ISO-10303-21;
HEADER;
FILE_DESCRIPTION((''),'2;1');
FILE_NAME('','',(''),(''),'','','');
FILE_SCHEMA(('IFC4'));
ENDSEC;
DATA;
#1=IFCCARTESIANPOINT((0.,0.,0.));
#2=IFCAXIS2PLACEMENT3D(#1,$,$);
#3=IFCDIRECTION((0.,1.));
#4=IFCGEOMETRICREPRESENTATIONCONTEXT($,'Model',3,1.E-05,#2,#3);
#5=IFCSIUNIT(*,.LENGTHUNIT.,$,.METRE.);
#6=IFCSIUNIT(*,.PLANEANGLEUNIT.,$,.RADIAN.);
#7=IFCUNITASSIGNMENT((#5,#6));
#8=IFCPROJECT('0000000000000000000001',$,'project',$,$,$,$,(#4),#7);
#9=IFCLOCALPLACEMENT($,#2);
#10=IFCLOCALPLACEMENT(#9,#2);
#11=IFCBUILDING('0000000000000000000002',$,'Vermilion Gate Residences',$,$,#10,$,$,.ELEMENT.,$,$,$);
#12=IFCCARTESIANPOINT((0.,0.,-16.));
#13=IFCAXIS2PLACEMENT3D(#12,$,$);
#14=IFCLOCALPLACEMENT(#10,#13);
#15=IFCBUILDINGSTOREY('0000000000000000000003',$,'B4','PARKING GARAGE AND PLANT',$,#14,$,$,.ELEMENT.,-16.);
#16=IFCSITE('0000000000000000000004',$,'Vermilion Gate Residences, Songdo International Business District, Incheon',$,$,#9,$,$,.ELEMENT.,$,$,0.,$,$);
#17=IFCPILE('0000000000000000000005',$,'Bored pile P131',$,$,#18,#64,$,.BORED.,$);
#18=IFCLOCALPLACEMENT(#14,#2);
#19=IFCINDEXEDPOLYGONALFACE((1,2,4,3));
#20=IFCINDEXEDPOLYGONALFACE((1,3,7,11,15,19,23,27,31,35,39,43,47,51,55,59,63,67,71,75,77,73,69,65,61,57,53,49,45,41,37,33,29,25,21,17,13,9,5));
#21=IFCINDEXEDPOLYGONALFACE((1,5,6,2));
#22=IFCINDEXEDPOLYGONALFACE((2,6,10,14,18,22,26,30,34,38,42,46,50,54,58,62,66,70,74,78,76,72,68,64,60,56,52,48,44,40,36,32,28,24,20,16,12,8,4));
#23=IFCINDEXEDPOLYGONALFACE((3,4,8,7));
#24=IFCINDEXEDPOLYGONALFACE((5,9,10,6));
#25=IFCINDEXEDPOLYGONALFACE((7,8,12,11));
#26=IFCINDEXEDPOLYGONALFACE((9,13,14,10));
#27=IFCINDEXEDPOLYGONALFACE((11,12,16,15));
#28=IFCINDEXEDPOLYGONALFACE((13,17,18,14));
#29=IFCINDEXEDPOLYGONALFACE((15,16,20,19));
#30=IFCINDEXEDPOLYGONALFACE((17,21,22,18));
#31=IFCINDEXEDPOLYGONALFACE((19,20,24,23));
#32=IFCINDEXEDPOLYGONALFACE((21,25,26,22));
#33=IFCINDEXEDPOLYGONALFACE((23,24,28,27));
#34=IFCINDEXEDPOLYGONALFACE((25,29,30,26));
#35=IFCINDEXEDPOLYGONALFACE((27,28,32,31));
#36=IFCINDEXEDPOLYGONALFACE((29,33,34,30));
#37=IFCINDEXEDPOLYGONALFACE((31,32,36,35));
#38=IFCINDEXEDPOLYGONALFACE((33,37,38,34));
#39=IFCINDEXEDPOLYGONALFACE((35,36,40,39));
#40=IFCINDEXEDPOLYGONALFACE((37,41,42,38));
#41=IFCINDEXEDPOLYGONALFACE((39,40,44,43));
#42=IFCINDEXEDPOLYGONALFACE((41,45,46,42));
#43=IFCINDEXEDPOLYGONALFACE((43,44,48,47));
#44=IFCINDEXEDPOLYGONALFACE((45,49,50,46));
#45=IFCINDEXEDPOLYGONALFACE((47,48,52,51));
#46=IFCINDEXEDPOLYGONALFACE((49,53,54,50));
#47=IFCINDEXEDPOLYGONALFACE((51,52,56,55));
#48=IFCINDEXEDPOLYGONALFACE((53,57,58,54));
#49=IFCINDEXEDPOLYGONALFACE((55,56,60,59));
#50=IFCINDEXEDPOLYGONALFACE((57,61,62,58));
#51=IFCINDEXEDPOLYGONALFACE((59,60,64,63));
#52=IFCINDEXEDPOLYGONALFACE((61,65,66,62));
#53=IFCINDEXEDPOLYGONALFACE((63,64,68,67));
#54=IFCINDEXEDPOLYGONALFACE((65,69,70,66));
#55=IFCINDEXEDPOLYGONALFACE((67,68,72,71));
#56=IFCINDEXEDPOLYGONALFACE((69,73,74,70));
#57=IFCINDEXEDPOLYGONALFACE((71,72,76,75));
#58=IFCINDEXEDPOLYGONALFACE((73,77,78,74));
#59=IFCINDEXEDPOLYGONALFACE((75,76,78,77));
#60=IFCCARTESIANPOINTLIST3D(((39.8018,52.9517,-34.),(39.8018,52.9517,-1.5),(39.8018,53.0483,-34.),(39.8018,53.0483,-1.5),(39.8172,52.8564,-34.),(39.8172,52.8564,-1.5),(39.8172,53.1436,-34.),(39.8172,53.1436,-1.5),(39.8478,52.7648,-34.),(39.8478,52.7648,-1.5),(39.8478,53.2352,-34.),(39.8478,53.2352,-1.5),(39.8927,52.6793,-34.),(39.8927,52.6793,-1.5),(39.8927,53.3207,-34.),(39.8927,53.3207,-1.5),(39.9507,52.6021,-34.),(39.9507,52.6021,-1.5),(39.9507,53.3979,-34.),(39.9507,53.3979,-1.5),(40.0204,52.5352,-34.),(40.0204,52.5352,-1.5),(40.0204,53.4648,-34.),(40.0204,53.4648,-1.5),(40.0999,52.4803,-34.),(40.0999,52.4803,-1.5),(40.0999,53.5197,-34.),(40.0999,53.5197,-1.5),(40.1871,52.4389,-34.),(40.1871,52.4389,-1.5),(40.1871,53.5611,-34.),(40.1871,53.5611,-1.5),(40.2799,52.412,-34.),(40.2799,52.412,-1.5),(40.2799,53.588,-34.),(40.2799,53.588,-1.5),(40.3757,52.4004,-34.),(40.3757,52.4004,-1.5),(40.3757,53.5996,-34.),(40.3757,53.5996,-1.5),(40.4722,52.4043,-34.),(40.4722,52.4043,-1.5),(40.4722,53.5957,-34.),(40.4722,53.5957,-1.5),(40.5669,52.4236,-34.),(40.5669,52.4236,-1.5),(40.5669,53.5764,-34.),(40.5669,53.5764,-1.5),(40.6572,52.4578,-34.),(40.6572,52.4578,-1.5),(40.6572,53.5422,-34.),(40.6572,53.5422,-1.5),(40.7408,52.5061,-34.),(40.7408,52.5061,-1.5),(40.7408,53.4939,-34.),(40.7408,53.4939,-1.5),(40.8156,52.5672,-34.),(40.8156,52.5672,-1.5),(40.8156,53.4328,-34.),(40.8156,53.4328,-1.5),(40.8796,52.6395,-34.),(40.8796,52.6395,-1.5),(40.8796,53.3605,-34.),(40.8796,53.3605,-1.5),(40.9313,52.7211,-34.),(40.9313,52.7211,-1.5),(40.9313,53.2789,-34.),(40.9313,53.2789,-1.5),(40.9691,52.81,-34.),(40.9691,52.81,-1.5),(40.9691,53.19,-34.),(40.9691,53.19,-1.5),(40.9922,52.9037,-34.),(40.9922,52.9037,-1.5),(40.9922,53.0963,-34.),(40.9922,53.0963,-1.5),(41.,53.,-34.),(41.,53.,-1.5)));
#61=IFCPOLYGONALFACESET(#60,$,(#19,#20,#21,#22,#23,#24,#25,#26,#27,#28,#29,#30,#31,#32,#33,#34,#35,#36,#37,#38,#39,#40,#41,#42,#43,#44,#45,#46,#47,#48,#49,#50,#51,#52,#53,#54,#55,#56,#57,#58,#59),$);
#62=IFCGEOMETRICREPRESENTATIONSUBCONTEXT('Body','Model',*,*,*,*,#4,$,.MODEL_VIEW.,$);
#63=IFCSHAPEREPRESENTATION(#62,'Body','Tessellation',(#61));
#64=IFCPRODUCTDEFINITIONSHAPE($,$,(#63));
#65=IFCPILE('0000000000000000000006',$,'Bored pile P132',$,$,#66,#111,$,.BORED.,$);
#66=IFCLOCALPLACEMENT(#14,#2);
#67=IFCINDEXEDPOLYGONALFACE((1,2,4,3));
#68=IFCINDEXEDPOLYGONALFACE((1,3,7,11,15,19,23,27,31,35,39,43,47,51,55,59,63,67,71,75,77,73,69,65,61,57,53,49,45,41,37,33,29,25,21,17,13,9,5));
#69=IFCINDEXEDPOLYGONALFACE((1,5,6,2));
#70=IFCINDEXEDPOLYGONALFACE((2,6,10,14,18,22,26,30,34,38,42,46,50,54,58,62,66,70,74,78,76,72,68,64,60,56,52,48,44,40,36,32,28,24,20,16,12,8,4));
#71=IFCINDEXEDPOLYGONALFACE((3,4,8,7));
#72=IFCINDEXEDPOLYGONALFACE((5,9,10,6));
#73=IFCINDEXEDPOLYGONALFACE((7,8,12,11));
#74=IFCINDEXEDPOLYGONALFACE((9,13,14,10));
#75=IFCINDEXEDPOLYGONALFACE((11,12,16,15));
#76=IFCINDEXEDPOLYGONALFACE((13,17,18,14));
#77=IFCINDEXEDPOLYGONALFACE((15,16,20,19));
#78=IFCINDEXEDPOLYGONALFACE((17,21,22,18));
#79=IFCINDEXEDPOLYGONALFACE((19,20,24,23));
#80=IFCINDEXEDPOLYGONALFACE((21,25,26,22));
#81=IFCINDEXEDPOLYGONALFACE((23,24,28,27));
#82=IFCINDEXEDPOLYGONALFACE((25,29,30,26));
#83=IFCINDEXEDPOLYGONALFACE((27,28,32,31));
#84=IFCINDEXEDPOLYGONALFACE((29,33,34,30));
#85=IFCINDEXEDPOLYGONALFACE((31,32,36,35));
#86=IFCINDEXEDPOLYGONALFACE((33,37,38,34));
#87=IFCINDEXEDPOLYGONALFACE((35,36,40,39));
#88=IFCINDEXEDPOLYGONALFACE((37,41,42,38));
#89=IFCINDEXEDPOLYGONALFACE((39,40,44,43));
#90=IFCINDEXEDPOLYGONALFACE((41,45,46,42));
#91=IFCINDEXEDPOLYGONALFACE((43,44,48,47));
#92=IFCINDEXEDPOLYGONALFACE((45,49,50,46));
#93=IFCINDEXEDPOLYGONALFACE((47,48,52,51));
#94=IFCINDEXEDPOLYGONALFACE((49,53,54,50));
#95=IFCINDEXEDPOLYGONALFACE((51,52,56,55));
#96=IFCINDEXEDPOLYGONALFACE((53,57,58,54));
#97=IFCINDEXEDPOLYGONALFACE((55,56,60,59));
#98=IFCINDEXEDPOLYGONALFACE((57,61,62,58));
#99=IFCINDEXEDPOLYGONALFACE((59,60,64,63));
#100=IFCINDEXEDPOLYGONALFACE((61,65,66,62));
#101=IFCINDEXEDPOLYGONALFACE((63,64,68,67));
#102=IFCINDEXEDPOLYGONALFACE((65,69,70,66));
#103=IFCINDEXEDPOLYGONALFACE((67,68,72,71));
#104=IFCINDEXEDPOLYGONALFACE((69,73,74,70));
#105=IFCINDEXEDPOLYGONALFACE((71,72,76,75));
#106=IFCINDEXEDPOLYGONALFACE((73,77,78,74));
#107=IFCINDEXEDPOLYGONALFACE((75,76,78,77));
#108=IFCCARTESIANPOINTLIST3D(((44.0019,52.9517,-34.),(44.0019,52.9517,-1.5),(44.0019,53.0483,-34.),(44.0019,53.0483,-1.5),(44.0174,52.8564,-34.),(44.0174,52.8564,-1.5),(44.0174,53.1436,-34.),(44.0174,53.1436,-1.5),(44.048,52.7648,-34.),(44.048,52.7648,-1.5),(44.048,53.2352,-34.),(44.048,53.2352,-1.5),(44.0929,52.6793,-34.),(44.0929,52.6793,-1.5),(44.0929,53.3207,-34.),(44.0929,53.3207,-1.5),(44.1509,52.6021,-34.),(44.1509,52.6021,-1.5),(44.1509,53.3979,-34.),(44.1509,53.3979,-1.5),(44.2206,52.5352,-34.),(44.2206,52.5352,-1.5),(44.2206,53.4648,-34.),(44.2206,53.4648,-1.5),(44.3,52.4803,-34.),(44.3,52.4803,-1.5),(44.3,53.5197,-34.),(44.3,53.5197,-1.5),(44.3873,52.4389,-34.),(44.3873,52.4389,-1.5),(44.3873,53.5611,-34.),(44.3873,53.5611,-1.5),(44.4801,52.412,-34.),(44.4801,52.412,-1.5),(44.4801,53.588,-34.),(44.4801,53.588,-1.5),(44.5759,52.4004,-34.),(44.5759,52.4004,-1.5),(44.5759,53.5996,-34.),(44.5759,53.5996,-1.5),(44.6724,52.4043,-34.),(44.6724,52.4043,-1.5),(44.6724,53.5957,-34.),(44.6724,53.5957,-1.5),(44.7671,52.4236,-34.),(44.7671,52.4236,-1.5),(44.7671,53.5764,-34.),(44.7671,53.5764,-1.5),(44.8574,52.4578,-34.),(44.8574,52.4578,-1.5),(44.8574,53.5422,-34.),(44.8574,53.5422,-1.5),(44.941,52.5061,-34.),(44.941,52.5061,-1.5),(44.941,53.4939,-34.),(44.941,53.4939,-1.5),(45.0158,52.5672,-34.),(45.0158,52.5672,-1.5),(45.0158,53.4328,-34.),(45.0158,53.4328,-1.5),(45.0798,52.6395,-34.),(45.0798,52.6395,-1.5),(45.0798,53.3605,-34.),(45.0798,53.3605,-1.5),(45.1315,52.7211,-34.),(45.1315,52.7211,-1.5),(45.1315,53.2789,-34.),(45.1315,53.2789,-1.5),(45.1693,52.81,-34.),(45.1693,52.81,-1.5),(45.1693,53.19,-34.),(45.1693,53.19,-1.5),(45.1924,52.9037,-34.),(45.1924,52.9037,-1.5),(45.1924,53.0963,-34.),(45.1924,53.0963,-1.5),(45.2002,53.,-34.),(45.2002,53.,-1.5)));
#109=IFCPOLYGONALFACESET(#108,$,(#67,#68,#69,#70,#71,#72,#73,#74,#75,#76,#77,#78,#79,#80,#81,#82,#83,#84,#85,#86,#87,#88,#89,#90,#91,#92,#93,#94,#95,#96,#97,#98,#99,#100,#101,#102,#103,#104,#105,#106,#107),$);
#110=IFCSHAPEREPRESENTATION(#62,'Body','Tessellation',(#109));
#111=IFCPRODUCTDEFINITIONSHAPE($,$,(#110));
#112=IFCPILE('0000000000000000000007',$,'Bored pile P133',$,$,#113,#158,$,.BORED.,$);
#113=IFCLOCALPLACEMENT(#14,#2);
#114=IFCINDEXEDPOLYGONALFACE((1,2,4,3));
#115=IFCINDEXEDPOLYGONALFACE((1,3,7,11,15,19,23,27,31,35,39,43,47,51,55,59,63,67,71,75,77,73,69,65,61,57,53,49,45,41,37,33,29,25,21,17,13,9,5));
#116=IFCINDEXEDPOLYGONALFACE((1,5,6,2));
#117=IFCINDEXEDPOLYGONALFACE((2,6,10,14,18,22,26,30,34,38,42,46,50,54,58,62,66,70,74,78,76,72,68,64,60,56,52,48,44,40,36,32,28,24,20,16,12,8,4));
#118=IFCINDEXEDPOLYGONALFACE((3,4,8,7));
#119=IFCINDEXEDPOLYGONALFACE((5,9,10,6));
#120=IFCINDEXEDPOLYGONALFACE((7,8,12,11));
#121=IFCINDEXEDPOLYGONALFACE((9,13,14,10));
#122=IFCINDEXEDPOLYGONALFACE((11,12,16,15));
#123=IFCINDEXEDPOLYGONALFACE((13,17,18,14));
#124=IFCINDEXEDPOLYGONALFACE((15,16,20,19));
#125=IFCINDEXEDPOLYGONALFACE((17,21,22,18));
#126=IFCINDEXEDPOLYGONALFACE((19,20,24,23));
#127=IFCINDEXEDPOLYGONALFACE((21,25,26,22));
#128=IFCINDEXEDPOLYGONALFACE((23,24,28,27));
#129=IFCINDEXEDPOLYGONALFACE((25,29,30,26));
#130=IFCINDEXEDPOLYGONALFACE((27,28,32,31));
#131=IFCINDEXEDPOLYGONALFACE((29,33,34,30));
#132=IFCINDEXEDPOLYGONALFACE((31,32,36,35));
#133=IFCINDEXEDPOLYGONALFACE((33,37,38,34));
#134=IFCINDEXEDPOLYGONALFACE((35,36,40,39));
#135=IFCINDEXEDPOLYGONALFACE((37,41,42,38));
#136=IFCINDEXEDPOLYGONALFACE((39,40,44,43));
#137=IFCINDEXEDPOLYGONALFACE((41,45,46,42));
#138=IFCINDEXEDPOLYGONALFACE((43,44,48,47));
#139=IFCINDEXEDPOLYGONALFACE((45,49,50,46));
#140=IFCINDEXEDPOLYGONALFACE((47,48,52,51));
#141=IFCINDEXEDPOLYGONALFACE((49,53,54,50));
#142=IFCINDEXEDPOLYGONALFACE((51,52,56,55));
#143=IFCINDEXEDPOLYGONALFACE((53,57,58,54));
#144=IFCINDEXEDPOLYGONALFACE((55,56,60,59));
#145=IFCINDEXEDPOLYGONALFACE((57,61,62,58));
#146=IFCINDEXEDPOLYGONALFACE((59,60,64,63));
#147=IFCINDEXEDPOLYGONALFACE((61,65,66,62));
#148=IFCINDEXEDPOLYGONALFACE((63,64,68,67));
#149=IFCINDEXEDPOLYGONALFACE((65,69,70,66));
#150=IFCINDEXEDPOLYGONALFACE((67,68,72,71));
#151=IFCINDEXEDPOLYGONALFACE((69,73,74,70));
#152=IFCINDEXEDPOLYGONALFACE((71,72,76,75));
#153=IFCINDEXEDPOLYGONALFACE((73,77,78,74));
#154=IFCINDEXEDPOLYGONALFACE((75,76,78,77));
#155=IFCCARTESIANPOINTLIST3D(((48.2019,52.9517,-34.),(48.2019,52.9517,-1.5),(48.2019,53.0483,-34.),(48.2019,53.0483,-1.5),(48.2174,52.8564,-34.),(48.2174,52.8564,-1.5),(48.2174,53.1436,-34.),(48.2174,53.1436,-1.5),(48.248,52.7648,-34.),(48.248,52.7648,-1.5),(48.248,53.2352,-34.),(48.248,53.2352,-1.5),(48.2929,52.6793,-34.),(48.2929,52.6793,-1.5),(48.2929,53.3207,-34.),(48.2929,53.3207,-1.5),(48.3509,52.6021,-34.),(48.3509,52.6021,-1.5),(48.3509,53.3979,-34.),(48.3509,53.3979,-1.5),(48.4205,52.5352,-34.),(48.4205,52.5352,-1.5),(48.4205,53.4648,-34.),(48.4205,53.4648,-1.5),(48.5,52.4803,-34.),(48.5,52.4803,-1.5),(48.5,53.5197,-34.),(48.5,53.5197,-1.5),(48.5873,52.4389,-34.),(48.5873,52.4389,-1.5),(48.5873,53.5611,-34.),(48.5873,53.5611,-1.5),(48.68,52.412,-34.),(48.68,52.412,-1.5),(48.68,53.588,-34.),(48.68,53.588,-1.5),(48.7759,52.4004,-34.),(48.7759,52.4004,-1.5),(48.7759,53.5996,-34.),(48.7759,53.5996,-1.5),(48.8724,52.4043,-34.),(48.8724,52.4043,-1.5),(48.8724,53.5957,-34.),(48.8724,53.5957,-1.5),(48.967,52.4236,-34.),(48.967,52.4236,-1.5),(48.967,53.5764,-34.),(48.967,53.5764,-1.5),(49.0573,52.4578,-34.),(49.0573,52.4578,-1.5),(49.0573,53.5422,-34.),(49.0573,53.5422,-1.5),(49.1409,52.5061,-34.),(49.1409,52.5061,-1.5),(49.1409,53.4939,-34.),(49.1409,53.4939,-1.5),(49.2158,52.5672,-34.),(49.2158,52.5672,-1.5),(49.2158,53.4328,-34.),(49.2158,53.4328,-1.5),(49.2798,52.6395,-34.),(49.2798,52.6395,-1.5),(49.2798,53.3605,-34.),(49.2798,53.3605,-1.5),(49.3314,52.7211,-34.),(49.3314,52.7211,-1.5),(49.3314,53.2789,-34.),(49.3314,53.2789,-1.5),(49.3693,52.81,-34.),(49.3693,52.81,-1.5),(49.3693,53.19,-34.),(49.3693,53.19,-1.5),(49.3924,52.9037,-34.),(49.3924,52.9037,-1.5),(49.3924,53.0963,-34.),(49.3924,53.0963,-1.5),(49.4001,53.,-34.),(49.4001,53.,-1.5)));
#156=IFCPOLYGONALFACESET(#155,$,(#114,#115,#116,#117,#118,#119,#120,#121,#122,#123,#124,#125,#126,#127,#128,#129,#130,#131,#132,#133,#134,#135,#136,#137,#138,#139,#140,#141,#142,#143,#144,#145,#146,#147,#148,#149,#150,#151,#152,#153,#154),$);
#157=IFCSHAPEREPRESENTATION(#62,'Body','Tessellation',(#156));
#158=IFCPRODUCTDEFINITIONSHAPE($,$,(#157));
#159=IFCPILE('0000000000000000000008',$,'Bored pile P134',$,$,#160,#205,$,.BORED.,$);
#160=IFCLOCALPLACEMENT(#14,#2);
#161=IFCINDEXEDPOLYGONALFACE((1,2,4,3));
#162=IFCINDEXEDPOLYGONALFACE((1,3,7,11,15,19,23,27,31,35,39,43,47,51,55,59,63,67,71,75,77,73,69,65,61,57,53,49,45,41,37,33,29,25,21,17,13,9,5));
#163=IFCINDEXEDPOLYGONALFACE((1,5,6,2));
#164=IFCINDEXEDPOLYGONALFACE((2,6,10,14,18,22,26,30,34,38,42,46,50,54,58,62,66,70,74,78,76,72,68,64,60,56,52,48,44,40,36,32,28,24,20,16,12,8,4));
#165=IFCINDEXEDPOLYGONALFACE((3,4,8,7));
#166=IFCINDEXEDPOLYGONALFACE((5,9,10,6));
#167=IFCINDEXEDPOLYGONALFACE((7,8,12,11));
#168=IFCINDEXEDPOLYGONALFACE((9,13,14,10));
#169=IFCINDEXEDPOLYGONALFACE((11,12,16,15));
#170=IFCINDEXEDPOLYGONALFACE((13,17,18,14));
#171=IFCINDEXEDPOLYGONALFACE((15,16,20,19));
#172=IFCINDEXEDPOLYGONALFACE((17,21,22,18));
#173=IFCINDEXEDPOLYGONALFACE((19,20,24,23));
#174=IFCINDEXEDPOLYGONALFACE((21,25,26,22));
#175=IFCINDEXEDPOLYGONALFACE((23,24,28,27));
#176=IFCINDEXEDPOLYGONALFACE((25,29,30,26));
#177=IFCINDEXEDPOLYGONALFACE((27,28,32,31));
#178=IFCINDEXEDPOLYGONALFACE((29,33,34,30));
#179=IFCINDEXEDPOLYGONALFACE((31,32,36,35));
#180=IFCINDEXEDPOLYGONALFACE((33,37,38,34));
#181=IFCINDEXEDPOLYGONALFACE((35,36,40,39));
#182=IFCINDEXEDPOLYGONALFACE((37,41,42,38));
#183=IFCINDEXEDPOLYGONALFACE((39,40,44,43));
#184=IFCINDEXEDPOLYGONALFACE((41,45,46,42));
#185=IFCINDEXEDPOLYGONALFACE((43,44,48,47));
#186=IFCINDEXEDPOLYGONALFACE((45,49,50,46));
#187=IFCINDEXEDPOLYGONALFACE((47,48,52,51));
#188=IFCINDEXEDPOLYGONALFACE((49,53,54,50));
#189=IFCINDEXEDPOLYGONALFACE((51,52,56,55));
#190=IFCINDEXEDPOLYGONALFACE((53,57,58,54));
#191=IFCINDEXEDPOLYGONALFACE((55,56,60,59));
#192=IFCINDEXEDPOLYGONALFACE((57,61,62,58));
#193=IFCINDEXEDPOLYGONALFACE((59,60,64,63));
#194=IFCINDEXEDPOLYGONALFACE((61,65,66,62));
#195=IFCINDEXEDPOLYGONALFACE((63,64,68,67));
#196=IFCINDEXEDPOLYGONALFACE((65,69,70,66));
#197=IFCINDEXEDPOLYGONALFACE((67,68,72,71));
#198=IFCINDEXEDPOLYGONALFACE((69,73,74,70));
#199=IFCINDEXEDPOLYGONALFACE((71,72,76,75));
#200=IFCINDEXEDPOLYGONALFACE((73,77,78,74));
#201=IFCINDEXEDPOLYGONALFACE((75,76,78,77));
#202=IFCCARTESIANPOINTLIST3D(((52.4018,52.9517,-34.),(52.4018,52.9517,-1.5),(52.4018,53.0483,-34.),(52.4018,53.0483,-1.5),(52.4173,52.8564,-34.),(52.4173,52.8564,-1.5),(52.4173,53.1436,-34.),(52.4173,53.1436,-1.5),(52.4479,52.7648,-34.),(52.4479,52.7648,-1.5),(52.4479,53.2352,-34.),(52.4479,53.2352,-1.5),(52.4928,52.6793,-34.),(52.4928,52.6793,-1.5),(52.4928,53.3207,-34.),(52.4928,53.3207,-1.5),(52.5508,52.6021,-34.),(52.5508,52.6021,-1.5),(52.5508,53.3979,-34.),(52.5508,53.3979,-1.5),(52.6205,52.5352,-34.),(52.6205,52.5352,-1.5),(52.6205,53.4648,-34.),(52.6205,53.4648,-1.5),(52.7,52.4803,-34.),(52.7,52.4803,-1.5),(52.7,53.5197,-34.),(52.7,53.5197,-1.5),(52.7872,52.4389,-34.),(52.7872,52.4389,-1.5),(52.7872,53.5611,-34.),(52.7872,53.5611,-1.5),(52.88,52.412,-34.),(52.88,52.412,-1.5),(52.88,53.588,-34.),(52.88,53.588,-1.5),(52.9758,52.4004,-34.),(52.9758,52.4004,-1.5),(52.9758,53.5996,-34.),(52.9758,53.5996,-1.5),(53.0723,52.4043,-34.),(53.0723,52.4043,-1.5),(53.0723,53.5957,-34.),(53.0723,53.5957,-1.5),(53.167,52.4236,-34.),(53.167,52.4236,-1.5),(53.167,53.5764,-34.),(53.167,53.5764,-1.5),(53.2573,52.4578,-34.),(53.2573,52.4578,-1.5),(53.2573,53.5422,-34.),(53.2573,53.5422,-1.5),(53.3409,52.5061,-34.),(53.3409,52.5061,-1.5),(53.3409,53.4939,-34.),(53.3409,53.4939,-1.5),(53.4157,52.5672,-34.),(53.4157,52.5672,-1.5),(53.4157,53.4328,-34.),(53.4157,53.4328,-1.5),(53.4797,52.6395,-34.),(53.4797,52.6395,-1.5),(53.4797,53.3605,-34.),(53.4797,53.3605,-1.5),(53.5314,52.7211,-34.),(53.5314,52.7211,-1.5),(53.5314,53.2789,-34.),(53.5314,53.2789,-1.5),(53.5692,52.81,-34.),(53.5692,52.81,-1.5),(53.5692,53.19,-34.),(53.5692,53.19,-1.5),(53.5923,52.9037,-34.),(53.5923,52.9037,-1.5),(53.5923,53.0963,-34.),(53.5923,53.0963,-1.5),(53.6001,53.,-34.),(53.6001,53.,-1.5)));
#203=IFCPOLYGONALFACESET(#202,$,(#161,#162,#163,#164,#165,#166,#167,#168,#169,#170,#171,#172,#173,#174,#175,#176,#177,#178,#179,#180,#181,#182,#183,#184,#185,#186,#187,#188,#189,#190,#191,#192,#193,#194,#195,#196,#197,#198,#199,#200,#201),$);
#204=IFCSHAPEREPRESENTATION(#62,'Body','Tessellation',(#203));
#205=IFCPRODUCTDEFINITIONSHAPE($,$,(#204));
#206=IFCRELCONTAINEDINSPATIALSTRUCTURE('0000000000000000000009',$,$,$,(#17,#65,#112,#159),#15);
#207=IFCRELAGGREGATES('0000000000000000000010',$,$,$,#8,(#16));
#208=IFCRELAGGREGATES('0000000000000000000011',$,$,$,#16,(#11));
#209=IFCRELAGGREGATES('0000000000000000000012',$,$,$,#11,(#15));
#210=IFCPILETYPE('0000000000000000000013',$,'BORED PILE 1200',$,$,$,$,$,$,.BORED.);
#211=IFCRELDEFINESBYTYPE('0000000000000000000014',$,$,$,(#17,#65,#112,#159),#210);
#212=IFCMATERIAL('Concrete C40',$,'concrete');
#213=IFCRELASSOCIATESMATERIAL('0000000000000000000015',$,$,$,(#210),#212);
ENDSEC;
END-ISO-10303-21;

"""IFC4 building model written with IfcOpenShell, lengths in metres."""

from ifc_helpers import new_model, si_unit, direction, frame, origin, origin_2d, place, context, subcontext, project, spatial, circle, extrude, material, material_profile, profile_set, type_object, element, save


model = new_model("IFC4")

# Units and contexts
model_context = context("Model", 3, precision=1e-05, world=origin(), true_north=direction((0.0, 1.0)))
body_context = subcontext(model_context, "Body", "Model", "MODEL_VIEW")
ifc_project = project(units=[si_unit("LENGTHUNIT", "METRE"), si_unit("PLANEANGLEUNIT", "RADIAN")], contexts=[model_context])

# Site, building, storey
site_placement = place(None, origin())
site = spatial("IfcSite", under=ifc_project, at=site_placement, Name="Vermilion Gate Residences, Songdo International Business District, Incheon", CompositionType="ELEMENT", RefElevation=0.0)
building_placement = place(site_placement, origin())
building = spatial("IfcBuilding", under=site, at=building_placement, Name="Vermilion Gate Residences", CompositionType="ELEMENT")
storey_placement = place(building_placement, frame((0.0, 0.0, -16.0)))
storey = spatial("IfcBuildingStorey", under=building, at=storey_placement, Name="B4", Description="PARKING GARAGE AND PLANT", CompositionType="ELEMENT", Elevation=-16.0)

# Piles
ifc_material_1 = material(Name="Concrete C40", Category="concrete")
ifc_material_profile_1 = material_profile(ifc_material_1, circle(Radius=0.6001, at=origin_2d()), Name="BORED PILE 1200")
ifc_profile_set_1 = profile_set([ifc_material_profile_1], Name="Concrete C40")
pile_type = type_object("IfcPileType", Name="BORED PILE 1200", PredefinedType="BORED", material=ifc_profile_set_1)
for number, where, z_axis, x_axis, name in (
    (1, (40.3999, 53.0, -1.5), (0.0, 0.0, -1.0), (1.0, 0.0, 0.0), "Bored pile P131"),
    (2, (44.6001, 53.0, -1.5), (0.0, 0.0, -1.0), (1.0, 0.0, 0.0), "Bored pile P132"),
    (3, (48.8, 53.0, -1.5), (0.0, 0.0, -1.0), (1.0, 0.0, 0.0), "Bored pile P133"),
    (4, (53.0, 53.0, -1.5), (0.0, 0.0, -1.0), (1.0, 0.0, 0.0), "Bored pile P134"),
):
    element("IfcPile", number, at=place(storey_placement, frame(where, z_axis=z_axis, x_axis=x_axis)), inside=storey, type_object=pile_type, Name=name, PredefinedType="BORED", context=body_context, shape_type="SweptSolid", body=[
        extrude(circle(Radius=0.6001, at=origin_2d()), origin(), (0.0, 0.0, 1.0), 32.5),
    ])

save(model, "model.ifc")
